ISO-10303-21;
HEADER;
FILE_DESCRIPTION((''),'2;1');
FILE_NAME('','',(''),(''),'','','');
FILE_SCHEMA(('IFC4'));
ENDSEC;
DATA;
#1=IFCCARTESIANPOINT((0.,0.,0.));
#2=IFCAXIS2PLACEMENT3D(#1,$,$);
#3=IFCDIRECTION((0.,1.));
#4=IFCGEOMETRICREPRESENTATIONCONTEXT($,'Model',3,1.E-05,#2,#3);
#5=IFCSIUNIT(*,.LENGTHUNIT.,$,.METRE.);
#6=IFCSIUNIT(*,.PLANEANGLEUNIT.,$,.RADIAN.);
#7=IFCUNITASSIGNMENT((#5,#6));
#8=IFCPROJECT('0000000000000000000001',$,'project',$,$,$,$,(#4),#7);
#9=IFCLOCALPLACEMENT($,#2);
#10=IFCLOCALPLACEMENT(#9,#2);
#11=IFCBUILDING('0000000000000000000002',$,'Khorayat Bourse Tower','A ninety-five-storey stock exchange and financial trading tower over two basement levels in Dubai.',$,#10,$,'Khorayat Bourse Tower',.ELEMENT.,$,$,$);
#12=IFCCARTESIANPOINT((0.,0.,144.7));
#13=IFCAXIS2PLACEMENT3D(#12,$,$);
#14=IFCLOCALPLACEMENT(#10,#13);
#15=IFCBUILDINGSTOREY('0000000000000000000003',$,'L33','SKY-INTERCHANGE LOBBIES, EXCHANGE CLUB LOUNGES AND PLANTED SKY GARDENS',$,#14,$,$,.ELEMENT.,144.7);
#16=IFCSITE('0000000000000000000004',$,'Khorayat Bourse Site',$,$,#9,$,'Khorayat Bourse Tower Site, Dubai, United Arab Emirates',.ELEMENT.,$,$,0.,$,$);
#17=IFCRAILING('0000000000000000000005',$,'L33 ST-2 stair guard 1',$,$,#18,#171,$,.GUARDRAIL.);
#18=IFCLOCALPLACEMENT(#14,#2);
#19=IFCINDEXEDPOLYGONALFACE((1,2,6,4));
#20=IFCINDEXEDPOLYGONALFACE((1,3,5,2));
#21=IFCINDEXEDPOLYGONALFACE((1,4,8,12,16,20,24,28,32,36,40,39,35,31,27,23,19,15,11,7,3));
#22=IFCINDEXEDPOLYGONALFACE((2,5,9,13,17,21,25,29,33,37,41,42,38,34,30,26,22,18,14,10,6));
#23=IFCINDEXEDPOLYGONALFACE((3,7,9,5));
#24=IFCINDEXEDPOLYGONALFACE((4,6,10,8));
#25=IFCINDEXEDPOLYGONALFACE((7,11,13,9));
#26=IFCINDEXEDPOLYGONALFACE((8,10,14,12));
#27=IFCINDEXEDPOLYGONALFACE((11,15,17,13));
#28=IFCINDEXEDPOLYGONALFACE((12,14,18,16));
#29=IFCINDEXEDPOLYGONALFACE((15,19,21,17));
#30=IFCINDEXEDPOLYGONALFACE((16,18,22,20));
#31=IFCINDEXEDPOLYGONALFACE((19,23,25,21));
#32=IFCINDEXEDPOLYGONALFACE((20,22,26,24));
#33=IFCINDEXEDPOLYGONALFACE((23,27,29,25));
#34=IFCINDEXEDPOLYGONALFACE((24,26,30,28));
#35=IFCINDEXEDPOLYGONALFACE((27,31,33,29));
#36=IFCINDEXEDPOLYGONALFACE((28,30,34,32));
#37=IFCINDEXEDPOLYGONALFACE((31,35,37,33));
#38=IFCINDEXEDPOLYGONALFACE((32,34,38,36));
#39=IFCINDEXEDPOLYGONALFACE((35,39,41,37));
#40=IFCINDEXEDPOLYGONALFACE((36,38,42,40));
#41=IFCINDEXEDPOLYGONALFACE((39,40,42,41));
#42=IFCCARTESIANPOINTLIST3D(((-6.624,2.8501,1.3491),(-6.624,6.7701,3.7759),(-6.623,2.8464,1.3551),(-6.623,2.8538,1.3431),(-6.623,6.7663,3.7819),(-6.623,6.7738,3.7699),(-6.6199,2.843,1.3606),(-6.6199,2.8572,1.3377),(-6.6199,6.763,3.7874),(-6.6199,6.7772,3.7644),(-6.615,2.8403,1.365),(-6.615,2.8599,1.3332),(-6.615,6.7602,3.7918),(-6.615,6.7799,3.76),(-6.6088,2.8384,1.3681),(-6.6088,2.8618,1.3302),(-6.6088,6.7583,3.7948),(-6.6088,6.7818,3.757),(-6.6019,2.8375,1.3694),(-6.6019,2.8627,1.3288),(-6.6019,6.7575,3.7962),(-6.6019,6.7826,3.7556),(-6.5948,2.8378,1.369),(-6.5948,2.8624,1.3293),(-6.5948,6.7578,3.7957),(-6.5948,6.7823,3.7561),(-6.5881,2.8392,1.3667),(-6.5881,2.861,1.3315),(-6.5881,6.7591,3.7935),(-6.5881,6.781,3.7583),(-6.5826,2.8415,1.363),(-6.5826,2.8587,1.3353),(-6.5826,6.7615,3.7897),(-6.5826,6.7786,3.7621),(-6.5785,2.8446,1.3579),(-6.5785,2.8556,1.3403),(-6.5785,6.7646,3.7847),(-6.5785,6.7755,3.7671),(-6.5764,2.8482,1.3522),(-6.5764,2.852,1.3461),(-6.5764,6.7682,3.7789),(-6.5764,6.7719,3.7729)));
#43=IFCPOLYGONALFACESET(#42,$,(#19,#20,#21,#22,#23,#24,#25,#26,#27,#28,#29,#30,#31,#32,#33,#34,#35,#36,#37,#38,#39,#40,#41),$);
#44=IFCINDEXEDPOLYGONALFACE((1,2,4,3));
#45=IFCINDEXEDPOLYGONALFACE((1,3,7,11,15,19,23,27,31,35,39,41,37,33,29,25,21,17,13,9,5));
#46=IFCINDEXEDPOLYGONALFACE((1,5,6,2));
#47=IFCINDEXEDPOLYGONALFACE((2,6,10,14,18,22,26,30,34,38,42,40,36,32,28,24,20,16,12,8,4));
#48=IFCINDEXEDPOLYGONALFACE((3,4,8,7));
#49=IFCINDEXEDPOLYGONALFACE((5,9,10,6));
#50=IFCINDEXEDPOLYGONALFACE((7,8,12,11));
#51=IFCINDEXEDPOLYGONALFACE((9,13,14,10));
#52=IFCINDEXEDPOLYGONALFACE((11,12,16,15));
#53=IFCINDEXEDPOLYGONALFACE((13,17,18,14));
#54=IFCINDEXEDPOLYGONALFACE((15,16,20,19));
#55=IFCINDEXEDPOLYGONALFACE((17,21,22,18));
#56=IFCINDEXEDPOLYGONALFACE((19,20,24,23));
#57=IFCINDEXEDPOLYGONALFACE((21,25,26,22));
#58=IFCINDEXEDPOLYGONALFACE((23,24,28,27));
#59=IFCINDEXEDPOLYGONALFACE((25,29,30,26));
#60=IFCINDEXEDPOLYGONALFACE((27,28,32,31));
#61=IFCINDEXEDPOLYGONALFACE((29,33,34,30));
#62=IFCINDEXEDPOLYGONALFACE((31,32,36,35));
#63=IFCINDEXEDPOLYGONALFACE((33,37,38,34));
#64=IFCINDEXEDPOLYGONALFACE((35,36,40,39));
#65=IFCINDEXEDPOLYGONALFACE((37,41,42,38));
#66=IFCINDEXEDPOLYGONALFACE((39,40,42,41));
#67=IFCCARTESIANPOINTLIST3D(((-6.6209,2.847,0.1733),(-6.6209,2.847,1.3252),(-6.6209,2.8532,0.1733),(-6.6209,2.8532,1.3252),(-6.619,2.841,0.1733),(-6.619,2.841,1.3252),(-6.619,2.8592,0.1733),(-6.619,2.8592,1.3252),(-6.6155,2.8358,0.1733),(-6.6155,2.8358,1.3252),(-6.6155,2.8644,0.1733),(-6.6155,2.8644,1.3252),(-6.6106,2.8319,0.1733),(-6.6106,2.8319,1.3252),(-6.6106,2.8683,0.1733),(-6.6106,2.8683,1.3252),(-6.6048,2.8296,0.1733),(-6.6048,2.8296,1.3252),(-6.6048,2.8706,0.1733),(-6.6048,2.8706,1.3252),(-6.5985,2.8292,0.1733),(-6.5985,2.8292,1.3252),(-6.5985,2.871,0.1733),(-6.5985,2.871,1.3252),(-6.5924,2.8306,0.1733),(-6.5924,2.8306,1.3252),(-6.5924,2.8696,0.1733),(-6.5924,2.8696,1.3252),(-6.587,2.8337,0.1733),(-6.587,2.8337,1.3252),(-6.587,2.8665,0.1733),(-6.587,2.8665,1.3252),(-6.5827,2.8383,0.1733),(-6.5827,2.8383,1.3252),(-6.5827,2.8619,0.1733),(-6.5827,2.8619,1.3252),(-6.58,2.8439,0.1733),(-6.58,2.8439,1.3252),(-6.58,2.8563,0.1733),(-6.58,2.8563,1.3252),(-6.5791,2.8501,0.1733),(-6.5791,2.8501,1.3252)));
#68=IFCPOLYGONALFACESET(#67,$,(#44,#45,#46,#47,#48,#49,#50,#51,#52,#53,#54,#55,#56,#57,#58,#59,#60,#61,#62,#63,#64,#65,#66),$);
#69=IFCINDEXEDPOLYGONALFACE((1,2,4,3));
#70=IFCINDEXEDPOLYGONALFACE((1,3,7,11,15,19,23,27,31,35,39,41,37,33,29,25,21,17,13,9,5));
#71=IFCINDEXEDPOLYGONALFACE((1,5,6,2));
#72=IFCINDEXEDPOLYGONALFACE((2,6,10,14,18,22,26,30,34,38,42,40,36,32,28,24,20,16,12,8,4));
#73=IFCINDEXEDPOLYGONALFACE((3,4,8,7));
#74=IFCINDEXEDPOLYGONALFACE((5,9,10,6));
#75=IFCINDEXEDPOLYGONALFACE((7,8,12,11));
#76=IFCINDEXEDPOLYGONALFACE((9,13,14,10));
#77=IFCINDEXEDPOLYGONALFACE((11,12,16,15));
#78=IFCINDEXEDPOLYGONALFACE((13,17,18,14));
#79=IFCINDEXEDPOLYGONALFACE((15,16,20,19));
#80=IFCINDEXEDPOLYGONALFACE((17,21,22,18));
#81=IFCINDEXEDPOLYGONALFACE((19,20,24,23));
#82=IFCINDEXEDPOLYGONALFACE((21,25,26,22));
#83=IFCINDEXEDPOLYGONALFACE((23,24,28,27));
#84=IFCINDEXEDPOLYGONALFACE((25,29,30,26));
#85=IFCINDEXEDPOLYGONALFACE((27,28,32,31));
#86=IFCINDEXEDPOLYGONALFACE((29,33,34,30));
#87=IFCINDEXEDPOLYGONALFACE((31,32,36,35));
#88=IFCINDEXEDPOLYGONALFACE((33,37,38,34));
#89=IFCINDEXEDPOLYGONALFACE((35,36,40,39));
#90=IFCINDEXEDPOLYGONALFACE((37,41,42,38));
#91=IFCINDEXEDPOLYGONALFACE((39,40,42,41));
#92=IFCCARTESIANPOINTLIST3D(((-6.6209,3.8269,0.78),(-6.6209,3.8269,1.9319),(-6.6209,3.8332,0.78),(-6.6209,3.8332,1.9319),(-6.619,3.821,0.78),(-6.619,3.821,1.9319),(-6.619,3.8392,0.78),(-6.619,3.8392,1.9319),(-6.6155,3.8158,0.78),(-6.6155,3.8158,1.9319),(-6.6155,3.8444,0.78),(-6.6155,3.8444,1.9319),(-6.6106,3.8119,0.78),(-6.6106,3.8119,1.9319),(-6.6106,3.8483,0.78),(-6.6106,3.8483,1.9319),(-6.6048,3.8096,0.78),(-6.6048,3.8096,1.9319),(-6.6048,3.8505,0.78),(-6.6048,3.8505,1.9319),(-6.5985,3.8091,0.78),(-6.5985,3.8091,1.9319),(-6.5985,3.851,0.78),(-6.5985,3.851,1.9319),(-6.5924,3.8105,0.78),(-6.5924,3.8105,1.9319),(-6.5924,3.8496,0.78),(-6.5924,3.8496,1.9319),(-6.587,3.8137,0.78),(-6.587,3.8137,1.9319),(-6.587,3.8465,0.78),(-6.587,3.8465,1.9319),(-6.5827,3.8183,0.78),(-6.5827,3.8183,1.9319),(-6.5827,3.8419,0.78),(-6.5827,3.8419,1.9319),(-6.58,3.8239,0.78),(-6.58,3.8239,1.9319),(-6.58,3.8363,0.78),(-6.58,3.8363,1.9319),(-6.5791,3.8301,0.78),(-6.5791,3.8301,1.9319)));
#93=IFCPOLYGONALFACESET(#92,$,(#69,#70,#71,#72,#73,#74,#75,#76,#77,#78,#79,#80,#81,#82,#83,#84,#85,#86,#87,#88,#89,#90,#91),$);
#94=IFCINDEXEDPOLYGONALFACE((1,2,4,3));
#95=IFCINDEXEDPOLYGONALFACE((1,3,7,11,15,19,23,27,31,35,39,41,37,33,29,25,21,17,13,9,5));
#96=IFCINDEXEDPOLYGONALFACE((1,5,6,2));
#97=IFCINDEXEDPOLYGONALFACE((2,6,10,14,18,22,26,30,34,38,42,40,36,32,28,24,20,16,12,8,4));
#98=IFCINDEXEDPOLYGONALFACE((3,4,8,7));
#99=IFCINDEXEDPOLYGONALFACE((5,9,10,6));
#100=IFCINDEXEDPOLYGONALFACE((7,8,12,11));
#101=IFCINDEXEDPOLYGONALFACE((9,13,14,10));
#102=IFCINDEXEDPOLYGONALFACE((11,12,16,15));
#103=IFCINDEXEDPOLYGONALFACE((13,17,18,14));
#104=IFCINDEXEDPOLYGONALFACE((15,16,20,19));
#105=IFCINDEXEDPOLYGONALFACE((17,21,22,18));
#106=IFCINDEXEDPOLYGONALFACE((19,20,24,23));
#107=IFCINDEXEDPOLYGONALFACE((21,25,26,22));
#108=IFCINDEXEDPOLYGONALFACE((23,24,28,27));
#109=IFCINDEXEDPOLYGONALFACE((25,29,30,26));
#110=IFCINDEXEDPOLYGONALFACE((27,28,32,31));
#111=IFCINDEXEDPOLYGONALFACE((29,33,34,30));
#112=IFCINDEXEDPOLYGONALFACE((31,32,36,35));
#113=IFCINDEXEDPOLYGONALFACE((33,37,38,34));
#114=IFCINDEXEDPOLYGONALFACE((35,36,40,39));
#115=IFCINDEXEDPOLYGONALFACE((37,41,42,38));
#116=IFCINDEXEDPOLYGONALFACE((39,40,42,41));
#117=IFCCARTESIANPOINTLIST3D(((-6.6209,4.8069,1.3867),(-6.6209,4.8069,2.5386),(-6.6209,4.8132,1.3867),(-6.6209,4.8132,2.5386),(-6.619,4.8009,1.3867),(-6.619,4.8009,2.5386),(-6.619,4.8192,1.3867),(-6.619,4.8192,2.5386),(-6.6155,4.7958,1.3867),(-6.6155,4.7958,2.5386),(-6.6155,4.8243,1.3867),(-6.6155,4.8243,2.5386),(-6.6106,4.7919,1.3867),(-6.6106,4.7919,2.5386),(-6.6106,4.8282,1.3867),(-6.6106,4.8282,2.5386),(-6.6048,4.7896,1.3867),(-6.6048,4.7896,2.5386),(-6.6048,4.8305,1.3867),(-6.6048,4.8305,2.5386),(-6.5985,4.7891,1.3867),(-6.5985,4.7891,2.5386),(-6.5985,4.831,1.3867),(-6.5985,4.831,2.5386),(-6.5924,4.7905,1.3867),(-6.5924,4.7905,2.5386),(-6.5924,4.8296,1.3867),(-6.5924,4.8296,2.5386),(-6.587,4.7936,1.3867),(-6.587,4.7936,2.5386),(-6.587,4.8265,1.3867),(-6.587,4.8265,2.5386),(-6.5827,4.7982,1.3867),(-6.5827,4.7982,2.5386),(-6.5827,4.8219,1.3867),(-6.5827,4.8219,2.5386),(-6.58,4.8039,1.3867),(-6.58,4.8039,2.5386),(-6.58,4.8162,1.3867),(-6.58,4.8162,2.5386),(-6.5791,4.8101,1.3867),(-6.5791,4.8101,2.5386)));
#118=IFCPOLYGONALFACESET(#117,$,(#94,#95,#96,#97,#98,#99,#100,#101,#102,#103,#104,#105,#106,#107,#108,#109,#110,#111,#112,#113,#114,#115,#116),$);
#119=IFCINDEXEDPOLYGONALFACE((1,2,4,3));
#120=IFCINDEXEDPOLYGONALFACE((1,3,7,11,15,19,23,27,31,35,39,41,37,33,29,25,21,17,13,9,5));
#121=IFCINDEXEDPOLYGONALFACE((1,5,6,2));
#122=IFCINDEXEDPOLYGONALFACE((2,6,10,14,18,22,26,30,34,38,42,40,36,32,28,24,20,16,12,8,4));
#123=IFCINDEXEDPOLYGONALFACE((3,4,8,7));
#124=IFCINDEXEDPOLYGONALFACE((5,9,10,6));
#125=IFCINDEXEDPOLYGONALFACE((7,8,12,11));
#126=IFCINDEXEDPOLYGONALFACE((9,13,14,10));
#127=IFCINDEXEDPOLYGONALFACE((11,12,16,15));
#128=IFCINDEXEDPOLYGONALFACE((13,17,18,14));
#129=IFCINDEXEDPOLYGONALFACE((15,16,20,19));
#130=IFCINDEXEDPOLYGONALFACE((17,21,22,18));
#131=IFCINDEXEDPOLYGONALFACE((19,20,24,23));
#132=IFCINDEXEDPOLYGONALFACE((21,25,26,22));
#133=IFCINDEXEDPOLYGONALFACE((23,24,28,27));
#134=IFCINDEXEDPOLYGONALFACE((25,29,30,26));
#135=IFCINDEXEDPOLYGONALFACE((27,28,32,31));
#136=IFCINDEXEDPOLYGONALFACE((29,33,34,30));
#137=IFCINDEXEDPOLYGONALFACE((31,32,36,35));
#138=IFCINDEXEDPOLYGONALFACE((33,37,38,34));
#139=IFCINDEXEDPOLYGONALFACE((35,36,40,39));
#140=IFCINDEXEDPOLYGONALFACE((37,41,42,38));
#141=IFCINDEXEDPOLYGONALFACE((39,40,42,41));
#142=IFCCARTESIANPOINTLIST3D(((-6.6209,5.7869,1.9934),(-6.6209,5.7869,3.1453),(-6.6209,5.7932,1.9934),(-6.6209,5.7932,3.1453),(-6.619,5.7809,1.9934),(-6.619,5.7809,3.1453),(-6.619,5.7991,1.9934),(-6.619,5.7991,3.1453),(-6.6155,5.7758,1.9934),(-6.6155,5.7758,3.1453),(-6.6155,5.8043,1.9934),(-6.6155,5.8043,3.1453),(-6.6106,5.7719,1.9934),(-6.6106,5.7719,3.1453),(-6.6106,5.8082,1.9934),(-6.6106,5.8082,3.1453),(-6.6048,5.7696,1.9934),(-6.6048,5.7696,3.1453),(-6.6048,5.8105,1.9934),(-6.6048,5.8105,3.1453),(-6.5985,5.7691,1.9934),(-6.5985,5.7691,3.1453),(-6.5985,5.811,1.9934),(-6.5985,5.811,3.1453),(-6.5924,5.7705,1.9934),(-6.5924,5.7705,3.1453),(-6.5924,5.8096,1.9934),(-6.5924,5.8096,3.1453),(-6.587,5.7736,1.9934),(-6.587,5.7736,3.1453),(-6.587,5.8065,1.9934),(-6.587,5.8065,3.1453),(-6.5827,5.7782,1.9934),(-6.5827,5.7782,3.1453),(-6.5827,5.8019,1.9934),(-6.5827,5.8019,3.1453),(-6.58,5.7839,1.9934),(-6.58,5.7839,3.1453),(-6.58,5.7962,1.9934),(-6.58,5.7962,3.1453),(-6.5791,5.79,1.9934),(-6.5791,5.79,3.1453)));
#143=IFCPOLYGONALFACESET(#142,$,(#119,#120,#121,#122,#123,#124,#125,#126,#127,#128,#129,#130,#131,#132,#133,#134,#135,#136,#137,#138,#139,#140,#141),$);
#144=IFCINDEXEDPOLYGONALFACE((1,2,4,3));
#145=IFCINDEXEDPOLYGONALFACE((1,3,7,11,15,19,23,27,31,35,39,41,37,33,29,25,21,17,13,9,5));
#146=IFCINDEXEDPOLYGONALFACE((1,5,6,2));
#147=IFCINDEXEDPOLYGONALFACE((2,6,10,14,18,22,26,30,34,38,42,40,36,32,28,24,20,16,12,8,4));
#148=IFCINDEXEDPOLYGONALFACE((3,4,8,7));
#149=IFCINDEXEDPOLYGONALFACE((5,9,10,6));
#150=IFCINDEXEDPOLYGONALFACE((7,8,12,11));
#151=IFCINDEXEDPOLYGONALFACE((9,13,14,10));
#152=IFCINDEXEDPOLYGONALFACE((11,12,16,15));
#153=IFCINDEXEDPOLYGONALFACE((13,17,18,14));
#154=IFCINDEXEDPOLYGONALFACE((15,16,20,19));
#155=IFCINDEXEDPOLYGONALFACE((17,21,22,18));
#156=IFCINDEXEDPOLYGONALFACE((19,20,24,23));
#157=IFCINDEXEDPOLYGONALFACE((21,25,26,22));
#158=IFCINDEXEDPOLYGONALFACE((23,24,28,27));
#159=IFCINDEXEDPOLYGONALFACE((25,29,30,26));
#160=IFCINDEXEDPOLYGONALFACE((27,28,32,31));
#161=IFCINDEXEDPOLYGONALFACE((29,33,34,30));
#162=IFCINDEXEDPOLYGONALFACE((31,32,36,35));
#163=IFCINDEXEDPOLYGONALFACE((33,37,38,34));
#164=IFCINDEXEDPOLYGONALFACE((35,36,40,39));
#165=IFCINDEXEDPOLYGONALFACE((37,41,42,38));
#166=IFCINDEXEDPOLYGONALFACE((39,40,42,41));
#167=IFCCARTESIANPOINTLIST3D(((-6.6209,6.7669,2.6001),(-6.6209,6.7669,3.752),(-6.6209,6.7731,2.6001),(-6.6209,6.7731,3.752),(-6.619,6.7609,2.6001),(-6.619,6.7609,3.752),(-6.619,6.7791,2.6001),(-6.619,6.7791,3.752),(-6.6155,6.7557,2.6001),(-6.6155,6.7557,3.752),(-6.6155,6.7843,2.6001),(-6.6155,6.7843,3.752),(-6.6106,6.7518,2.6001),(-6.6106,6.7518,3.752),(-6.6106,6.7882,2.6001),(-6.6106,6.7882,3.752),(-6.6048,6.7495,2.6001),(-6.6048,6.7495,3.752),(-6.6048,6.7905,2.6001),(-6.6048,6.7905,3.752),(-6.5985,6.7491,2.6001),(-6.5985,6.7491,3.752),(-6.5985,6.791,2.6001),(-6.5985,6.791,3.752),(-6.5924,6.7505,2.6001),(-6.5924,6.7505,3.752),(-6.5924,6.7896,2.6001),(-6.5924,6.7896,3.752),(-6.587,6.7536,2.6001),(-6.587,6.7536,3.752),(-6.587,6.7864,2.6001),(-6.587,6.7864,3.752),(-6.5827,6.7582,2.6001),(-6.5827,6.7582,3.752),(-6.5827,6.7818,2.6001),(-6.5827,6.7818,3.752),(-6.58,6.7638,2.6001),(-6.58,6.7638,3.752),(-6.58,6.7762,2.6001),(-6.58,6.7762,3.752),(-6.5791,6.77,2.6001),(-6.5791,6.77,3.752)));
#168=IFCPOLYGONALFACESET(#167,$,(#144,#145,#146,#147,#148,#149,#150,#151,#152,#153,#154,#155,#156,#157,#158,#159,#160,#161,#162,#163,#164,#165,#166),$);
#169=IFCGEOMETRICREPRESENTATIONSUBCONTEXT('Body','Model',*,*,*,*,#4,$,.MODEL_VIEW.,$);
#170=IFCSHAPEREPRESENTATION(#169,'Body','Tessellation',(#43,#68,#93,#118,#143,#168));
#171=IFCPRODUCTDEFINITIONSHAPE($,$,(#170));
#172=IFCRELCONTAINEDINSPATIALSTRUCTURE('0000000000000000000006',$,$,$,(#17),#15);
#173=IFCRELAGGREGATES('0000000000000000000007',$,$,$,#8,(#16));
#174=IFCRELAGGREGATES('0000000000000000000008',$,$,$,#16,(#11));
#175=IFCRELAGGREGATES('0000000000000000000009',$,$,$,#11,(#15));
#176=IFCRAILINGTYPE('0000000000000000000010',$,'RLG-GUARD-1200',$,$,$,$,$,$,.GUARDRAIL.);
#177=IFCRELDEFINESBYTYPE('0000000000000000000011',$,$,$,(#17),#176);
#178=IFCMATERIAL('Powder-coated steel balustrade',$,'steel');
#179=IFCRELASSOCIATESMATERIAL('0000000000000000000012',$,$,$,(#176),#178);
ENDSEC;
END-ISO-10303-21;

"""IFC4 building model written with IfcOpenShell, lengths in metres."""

from ifc_helpers import new_model, si_unit, direction, frame, origin, origin_2d, place, context, subcontext, project, spatial, circle, extrude, source, transform, mapped, material, type_object, element, save


model = new_model("IFC4")

# Units and contexts
model_context = context("Model", 3, precision=1e-05, world=origin(), true_north=direction((0.0, 1.0)))
body_context = subcontext(model_context, "Body", "Model", "MODEL_VIEW")
ifc_project = project(units=[si_unit("LENGTHUNIT", "METRE"), si_unit("PLANEANGLEUNIT", "RADIAN")], contexts=[model_context])

# Site, building, storey
site_placement = place(None, origin())
site = spatial("IfcSite", under=ifc_project, at=site_placement, Name="Khorayat Bourse Site", LongName="Khorayat Bourse Tower Site, Dubai, United Arab Emirates", CompositionType="ELEMENT", RefElevation=0.0)
building_placement = place(site_placement, origin())
building = spatial("IfcBuilding", under=site, at=building_placement, Name="Khorayat Bourse Tower", Description="A ninety-five-storey stock exchange and financial trading tower over two basement levels in Dubai.", LongName="Khorayat Bourse Tower", CompositionType="ELEMENT")
storey_placement = place(building_placement, frame((0.0, 0.0, 144.7)))
storey = spatial("IfcBuildingStorey", under=building, at=storey_placement, Name="L33", Description="SKY-INTERCHANGE LOBBIES, EXCHANGE CLUB LOUNGES AND PLANTED SKY GARDENS", CompositionType="ELEMENT", Elevation=144.7)

# Railing
ifc_material_1 = material(Name="Powder-coated steel balustrade", Category="steel")
railing_type_1 = type_object("IfcRailingType", Name="RLG-GUARD-1200", PredefinedType="GUARDRAIL", material=ifc_material_1)
shared_shape_1 = source(origin(), body_context, "Body", "SweptSolid", [
    extrude(circle(Radius=0.0239, at=origin_2d()), frame((0.0, 0.0, 1.1758), z_axis=(0.0, 0.850252, 0.526376), x_axis=(-1.0, 0.0, 0.0)), (0.0, 0.0, 1.0), 4.6104),
    extrude(circle(Radius=0.021, at=origin_2d()), origin(), (0.0, 0.0, 1.0), 1.1519),
    extrude(circle(Radius=0.021, at=origin_2d()), frame((0.0, 0.98, 0.6067)), (0.0, 0.0, 1.0), 1.1519),
    extrude(circle(Radius=0.021, at=origin_2d()), frame((0.0, 1.96, 1.2134)), (0.0, 0.0, 1.0), 1.1519),
    extrude(circle(Radius=0.021, at=origin_2d()), frame((0.0, 2.9399, 1.8201)), (0.0, 0.0, 1.0), 1.1519),
    extrude(circle(Radius=0.021, at=origin_2d()), frame((0.0, 3.9199, 2.4268)), (0.0, 0.0, 1.0), 1.1519),
])
railing_1_placement = place(storey_placement, frame((-6.6001, 2.8501, 0.1733)))
element("IfcRailing", 1, at=railing_1_placement, inside=storey, type_object=railing_type_1, Name="L33 ST-2 stair guard 1", PredefinedType="GUARDRAIL", context=body_context, shape_type="MappedRepresentation", body=[
    mapped(shared_shape_1, transform((0.0, 0.0, 0.0), scale=1.0)),
])

save(model, "model.ifc")
